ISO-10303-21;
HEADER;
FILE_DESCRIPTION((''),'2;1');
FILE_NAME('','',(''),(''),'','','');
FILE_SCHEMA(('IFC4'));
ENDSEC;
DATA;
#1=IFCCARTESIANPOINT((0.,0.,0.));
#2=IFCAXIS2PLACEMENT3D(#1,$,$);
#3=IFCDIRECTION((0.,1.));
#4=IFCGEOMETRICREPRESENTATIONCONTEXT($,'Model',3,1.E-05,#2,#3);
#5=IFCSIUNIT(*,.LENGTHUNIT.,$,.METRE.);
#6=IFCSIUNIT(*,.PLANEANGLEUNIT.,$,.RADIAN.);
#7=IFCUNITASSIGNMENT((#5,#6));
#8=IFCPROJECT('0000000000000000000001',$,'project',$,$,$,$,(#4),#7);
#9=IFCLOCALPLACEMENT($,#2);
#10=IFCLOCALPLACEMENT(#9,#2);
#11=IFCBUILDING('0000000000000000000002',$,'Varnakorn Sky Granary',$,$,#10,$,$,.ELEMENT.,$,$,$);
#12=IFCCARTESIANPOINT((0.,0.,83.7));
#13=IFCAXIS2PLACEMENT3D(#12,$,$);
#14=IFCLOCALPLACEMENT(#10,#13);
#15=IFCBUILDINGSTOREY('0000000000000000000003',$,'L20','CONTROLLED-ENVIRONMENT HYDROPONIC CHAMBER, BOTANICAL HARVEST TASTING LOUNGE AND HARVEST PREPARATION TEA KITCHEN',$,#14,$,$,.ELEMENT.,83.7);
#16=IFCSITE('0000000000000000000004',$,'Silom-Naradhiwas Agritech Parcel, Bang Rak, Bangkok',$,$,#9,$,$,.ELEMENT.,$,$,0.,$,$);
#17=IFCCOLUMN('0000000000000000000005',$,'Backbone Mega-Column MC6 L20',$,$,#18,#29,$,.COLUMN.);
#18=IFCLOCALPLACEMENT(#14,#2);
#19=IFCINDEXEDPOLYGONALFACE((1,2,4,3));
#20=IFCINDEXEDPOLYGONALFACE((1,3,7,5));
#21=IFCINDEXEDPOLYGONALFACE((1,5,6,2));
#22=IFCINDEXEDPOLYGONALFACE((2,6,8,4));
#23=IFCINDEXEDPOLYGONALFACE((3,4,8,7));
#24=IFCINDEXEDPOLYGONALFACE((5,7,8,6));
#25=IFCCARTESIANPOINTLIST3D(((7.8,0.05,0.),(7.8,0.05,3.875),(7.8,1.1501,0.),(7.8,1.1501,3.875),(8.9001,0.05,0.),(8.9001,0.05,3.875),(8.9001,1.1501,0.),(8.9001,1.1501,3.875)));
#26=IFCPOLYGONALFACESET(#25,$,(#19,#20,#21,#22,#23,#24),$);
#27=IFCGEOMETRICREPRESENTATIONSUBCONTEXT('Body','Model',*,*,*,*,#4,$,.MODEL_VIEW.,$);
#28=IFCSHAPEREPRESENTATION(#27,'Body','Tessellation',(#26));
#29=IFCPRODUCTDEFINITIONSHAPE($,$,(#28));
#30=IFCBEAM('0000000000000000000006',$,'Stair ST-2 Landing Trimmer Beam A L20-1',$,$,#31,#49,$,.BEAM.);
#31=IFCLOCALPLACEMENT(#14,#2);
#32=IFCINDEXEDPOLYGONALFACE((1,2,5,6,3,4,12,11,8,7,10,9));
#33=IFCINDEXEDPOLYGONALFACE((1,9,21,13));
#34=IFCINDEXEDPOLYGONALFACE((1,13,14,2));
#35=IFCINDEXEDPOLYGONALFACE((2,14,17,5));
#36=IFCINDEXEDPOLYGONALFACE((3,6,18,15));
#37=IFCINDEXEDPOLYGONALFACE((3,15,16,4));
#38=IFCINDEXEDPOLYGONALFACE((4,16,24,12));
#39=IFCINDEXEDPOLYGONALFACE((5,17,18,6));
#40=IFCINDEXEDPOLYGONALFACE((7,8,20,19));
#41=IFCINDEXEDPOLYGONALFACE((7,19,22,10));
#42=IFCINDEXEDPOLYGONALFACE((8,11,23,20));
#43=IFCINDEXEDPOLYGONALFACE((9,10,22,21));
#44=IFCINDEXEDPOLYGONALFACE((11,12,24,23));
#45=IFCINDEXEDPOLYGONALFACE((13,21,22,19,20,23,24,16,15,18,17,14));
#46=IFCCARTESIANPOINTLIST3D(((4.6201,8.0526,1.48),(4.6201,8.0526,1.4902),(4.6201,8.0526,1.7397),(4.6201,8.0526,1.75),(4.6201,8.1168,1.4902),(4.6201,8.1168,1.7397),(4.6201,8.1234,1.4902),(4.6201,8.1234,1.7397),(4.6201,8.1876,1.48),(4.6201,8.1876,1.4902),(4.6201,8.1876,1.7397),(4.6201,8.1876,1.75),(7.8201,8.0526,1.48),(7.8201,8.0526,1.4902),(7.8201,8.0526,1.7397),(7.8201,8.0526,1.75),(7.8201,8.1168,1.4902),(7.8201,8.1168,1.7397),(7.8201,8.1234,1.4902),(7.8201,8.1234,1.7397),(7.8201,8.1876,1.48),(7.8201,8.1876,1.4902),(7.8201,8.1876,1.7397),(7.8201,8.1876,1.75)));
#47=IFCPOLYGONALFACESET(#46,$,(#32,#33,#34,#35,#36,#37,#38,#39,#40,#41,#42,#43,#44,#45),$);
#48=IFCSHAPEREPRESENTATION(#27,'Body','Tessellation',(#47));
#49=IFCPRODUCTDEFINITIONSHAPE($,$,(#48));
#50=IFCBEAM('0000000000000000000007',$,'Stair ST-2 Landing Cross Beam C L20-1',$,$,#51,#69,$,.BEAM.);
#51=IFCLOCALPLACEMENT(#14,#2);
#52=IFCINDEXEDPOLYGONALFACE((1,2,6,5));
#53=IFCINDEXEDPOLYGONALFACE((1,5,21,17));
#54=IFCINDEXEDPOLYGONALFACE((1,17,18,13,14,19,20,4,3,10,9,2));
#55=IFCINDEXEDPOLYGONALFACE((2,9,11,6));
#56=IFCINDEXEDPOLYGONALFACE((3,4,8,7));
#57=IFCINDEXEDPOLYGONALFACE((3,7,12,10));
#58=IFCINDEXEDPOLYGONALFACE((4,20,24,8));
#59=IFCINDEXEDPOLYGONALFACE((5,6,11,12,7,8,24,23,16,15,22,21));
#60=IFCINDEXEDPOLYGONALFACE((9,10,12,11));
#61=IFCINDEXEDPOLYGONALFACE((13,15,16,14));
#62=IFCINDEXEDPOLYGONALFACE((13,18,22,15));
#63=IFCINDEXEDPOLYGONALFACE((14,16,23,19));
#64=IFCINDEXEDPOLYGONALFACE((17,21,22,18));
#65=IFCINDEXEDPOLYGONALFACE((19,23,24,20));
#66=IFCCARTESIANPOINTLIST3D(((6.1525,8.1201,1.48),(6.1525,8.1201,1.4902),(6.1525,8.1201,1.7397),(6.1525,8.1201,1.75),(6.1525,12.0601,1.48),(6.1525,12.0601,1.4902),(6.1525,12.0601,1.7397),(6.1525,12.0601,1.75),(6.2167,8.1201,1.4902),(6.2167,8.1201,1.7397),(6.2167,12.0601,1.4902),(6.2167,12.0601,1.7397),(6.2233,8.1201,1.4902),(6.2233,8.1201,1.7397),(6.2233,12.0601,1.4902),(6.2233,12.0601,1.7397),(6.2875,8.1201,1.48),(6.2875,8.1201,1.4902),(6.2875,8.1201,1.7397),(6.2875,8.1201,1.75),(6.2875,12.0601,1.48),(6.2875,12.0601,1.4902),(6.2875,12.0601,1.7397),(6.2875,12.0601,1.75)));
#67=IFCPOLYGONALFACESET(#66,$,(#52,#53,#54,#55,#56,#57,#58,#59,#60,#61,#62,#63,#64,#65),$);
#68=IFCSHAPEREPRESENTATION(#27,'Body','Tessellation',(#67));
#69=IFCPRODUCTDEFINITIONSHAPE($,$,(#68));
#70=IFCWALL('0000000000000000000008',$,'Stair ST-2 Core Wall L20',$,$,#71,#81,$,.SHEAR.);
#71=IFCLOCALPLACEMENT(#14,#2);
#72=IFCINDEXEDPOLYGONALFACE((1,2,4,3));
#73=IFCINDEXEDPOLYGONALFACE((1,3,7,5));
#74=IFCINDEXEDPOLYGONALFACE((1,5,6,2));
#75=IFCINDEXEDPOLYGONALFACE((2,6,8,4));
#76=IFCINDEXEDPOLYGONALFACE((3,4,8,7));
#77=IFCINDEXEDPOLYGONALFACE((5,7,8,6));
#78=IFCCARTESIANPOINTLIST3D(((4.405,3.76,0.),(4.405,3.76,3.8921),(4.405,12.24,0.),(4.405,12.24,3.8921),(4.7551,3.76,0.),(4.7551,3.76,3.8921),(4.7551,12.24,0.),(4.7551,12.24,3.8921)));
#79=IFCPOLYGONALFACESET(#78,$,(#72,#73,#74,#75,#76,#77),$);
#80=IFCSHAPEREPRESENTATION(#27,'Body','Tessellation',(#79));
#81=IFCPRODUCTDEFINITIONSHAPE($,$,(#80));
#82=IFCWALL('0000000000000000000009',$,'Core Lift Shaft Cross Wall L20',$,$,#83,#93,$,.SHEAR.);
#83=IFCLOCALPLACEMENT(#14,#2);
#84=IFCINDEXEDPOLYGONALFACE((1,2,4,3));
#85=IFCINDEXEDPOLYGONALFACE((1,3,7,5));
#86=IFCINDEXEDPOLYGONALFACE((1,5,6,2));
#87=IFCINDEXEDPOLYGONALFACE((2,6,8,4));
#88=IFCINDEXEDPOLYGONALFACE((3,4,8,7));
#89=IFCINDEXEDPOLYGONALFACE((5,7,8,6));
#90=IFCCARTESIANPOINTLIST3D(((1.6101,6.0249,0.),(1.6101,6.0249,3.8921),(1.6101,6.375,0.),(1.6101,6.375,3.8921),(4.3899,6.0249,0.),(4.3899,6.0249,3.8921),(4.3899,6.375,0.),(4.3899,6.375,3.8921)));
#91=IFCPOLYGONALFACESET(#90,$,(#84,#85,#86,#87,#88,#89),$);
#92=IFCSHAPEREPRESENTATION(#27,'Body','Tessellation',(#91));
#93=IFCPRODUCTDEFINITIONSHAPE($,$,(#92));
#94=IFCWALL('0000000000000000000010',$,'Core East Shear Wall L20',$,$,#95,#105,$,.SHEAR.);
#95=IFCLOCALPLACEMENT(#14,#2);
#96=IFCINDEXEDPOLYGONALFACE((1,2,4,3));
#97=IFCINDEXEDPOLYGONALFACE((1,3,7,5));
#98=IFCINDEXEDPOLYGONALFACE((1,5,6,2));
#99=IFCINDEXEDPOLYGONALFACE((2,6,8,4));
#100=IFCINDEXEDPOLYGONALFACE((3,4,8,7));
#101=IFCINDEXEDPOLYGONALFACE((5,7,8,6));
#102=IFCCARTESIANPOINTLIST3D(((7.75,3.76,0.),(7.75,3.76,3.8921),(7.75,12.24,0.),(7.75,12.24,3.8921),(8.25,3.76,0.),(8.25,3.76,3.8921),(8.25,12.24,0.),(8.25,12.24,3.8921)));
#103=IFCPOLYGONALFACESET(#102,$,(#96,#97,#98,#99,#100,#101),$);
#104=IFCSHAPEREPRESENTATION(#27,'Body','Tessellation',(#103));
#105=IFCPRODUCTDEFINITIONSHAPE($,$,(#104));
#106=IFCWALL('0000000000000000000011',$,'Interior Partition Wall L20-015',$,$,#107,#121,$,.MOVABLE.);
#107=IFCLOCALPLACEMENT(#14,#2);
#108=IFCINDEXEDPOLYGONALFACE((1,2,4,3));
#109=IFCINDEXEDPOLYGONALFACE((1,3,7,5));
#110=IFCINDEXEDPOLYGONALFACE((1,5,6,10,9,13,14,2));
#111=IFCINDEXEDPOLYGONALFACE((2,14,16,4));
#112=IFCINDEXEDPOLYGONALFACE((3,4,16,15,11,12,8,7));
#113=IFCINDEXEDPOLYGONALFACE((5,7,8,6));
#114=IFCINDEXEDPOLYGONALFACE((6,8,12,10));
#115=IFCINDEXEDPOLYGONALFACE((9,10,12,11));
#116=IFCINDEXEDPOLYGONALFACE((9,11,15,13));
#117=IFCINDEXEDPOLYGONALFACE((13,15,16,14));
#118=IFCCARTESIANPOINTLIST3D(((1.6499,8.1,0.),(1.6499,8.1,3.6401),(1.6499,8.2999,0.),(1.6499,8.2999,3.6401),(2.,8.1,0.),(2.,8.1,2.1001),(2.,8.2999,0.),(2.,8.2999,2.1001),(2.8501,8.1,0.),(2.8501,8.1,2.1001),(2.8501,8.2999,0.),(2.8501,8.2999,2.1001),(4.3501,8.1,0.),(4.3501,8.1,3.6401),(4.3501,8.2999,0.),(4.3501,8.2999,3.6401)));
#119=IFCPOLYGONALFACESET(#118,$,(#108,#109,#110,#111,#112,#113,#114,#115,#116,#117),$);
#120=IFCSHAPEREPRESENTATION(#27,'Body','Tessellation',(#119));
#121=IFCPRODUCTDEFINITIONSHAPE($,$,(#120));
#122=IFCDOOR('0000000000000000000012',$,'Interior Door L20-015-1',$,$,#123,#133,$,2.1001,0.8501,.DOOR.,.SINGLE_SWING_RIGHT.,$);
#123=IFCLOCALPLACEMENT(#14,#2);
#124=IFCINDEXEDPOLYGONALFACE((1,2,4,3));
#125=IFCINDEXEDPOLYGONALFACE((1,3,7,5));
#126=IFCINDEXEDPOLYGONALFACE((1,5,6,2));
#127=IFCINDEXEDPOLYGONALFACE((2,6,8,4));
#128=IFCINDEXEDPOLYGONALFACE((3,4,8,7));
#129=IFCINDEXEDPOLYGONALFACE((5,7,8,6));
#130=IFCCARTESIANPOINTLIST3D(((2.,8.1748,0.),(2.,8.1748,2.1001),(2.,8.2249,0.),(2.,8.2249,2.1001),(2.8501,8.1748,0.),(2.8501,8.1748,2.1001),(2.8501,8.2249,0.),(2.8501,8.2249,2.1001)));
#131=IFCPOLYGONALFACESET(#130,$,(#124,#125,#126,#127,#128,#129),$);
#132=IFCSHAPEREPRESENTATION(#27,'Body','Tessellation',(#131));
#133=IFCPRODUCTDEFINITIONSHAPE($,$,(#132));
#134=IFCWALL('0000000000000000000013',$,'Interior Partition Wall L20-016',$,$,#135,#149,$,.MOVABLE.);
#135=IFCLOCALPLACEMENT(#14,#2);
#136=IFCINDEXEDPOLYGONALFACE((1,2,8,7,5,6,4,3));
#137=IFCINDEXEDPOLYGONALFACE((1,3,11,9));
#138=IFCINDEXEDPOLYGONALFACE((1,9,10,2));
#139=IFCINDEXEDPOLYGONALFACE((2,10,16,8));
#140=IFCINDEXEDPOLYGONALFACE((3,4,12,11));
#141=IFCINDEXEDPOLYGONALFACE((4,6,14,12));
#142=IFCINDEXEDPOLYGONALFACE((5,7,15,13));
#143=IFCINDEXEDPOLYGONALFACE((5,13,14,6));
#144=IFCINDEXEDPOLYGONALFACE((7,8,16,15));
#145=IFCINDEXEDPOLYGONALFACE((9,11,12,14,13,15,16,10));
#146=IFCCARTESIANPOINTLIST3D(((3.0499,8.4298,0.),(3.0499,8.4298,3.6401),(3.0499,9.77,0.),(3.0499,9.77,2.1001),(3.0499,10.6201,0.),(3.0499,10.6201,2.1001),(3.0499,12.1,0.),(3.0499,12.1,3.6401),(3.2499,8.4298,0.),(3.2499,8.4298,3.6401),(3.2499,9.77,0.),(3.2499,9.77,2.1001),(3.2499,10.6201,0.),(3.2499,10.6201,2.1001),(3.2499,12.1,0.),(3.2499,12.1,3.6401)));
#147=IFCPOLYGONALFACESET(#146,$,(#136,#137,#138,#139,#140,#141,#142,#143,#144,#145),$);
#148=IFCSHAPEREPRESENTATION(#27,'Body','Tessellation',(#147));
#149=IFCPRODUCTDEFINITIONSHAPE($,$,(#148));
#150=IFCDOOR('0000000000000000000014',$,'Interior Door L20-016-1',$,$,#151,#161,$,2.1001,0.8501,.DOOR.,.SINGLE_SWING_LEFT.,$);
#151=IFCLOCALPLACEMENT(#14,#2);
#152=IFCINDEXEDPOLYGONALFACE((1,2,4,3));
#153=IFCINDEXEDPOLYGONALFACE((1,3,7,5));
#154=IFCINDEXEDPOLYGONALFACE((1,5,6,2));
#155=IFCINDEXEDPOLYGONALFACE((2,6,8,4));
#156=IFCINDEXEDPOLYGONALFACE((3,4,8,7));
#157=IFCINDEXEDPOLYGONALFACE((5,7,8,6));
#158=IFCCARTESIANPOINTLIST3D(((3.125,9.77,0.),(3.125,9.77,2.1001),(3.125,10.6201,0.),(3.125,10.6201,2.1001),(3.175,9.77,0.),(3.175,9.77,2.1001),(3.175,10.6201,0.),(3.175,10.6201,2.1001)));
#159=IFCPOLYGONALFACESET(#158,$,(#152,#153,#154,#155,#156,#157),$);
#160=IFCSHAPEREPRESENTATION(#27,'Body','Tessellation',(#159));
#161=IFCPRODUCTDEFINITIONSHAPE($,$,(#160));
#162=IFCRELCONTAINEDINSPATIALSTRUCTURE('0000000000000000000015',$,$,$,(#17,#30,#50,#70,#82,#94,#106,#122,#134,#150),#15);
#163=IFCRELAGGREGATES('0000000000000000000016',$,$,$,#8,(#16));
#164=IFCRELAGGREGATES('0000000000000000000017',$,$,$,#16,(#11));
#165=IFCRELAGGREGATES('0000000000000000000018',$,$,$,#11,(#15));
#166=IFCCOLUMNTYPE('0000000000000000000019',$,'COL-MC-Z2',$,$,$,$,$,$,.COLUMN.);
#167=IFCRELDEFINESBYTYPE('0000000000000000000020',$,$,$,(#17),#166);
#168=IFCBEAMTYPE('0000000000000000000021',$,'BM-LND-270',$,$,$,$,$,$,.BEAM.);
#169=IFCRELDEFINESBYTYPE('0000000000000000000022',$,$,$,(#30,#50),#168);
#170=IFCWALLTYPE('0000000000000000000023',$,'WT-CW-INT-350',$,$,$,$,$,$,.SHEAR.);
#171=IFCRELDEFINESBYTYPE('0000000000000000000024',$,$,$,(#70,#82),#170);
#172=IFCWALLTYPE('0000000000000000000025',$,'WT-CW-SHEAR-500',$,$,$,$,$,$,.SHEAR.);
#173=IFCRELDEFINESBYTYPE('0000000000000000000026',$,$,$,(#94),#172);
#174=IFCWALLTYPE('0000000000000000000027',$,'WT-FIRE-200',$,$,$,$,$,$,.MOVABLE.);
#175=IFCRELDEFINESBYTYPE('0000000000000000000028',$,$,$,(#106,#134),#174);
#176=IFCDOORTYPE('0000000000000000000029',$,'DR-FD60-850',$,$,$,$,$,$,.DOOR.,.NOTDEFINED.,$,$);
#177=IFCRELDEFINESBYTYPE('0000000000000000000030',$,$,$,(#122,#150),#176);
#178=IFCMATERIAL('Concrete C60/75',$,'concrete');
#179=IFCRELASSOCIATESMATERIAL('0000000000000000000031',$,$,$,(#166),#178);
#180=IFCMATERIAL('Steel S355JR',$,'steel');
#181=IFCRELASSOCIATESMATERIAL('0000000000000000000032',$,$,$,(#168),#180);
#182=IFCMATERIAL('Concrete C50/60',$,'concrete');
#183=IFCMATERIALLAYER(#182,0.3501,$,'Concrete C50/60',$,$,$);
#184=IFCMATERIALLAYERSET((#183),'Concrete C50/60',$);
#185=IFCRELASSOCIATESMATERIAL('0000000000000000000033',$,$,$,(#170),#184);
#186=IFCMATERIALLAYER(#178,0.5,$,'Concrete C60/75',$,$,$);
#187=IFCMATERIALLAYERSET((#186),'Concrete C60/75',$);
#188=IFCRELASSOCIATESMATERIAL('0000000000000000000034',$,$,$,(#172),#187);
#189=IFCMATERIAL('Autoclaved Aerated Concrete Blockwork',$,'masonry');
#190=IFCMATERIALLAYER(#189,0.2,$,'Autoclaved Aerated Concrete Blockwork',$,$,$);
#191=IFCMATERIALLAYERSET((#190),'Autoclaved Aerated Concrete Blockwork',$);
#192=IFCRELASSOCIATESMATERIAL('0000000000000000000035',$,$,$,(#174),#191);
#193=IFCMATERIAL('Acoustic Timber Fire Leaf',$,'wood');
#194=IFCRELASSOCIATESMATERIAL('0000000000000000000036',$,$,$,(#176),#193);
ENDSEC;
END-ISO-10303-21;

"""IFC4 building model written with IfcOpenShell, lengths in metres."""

from ifc_helpers import new_model, si_unit, direction, frame, frame_2d, origin, origin_2d, place, context, subcontext, project, spatial, rectangle, i_section, extrude, material, layer, layer_set, material_profile, profile_set, type_object, element, fill, save


model = new_model("IFC4")

# Units and contexts
model_context = context("Model", 3, precision=1e-05, world=origin(), true_north=direction((0.0, 1.0)))
body_context = subcontext(model_context, "Body", "Model", "MODEL_VIEW")
ifc_project = project(units=[si_unit("LENGTHUNIT", "METRE"), si_unit("PLANEANGLEUNIT", "RADIAN")], contexts=[model_context])

# Site, building, storey
site_placement = place(None, origin())
site = spatial("IfcSite", under=ifc_project, at=site_placement, Name="Silom-Naradhiwas Agritech Parcel, Bang Rak, Bangkok", CompositionType="ELEMENT", RefElevation=0.0)
building_placement = place(site_placement, origin())
building = spatial("IfcBuilding", under=site, at=building_placement, Name="Varnakorn Sky Granary", CompositionType="ELEMENT")
storey_placement = place(building_placement, frame((0.0, 0.0, 83.7)))
storey = spatial("IfcBuildingStorey", under=building, at=storey_placement, Name="L20", Description="CONTROLLED-ENVIRONMENT HYDROPONIC CHAMBER, BOTANICAL HARVEST TASTING LOUNGE AND HARVEST PREPARATION TEA KITCHEN", CompositionType="ELEMENT", Elevation=83.7)

# Column
ifc_material_1 = material(Name="Concrete C60/75", Category="concrete")
ifc_material_profile_1 = material_profile(ifc_material_1, rectangle(XDim=1.1001, YDim=1.1001, at=origin_2d()), Name="RC 1100x1100")
ifc_profile_set_1 = profile_set([ifc_material_profile_1], Name="Concrete C60/75")
column_type = type_object("IfcColumnType", Name="COL-MC-Z2", PredefinedType="COLUMN", material=ifc_profile_set_1)
column_placement = place(storey_placement, frame((8.3501, 0.6001, 0.0), z_axis=(0.0, 0.0, 1.0), x_axis=(1.0, 0.0, 0.0)))
element("IfcColumn", 1, at=column_placement, inside=storey, type_object=column_type, Name="Backbone Mega-Column MC6 L20", PredefinedType="COLUMN", context=body_context, shape_type="SweptSolid", body=[
    extrude(rectangle(XDim=1.1001, YDim=1.1001, at=origin_2d()), origin(), (0.0, 0.0, 1.0), 3.875),
])

# Beams
ifc_material_2 = material(Name="Steel S355JR", Category="steel")
ifc_material_profile_2 = material_profile(ifc_material_2, i_section(OverallWidth=0.135, OverallDepth=0.27, WebThickness=0.0066, FlangeThickness=0.0103, at=origin_2d()), Name="IPE 270")
ifc_profile_set_2 = profile_set([ifc_material_profile_2], Name="Steel S355JR")
beam_type = type_object("IfcBeamType", Name="BM-LND-270", PredefinedType="BEAM", material=ifc_profile_set_2)
beam_1_placement = place(storey_placement, frame((4.6201, 8.1201, 1.615), z_axis=(1.0, 0.0, 0.0), x_axis=(0.0, 1.0, 0.0)))
element("IfcBeam", 2, at=beam_1_placement, inside=storey, type_object=beam_type, Name="Stair ST-2 Landing Trimmer Beam A L20-1", PredefinedType="BEAM", context=body_context, shape_type="SweptSolid", body=[
    extrude(i_section(OverallWidth=0.135, OverallDepth=0.27, WebThickness=0.0066, FlangeThickness=0.0103, at=origin_2d()), origin(), (0.0, 0.0, 1.0), 3.2),
])
beam_2_placement = place(storey_placement, frame((6.22, 8.1201, 1.615), z_axis=(0.0, 1.0, 0.0), x_axis=(-1.0, 0.0, 0.0)))
element("IfcBeam", 3, at=beam_2_placement, inside=storey, type_object=beam_type, Name="Stair ST-2 Landing Cross Beam C L20-1", PredefinedType="BEAM", context=body_context, shape_type="SweptSolid", body=[
    extrude(i_section(OverallWidth=0.135, OverallDepth=0.27, WebThickness=0.0066, FlangeThickness=0.0103, at=origin_2d()), origin(), (0.0, 0.0, 1.0), 3.9399),
])

# Walls
ifc_material_3 = material(Name="Concrete C50/60", Category="concrete")
ifc_layer_1 = layer(ifc_material_3, 0.3501, Name="Concrete C50/60")
ifc_layer_set_1 = layer_set([ifc_layer_1], Name="Concrete C50/60")
wall_type_1 = type_object("IfcWallType", Name="WT-CW-INT-350", PredefinedType="SHEAR", material=ifc_layer_set_1)
wall_1_placement = place(storey_placement, frame((4.5801, 3.76, 0.0), z_axis=(0.0, 0.0, 1.0), x_axis=(0.0, 1.0, 0.0)))
element("IfcWall", 4, at=wall_1_placement, inside=storey, type_object=wall_type_1, Name="Stair ST-2 Core Wall L20", PredefinedType="SHEAR", context=body_context, shape_type="SweptSolid", body=[
    extrude(rectangle(XDim=8.48, YDim=0.3501, at=frame_2d((4.24, 0.0))), origin(), (0.0, 0.0, 1.0), 3.8921),
])
wall_2_placement = place(storey_placement, frame((1.6101, 6.2, 0.0), z_axis=(0.0, 0.0, 1.0), x_axis=(1.0, 0.0, 0.0)))
element("IfcWall", 5, at=wall_2_placement, inside=storey, type_object=wall_type_1, Name="Core Lift Shaft Cross Wall L20", PredefinedType="SHEAR", context=body_context, shape_type="SweptSolid", body=[
    extrude(rectangle(XDim=2.7798, YDim=0.3501, at=frame_2d((1.3899, 0.0))), origin(), (0.0, 0.0, 1.0), 3.8921),
])
ifc_layer_2 = layer(ifc_material_1, 0.5, Name="Concrete C60/75")
ifc_layer_set_2 = layer_set([ifc_layer_2], Name="Concrete C60/75")
wall_type_2 = type_object("IfcWallType", Name="WT-CW-SHEAR-500", PredefinedType="SHEAR", material=ifc_layer_set_2)
wall_3_placement = place(storey_placement, frame((8.0, 3.76, 0.0), z_axis=(0.0, 0.0, 1.0), x_axis=(0.0, 1.0, 0.0)))
element("IfcWall", 6, at=wall_3_placement, inside=storey, type_object=wall_type_2, Name="Core East Shear Wall L20", PredefinedType="SHEAR", context=body_context, shape_type="SweptSolid", body=[
    extrude(rectangle(XDim=8.48, YDim=0.5, at=frame_2d((4.24, 0.0))), origin(), (0.0, 0.0, 1.0), 3.8921),
])

# Walls, openings, doors
ifc_material_4 = material(Name="Autoclaved Aerated Concrete Blockwork", Category="masonry")
ifc_layer_3 = layer(ifc_material_4, 0.2, Name="Autoclaved Aerated Concrete Blockwork")
ifc_layer_set_3 = layer_set([ifc_layer_3], Name="Autoclaved Aerated Concrete Blockwork")
wall_type_3 = type_object("IfcWallType", Name="WT-FIRE-200", PredefinedType="MOVABLE", material=ifc_layer_set_3)
wall_4_placement = place(storey_placement, frame((1.6499, 8.2, 0.0), z_axis=(0.0, 0.0, 1.0), x_axis=(1.0, 0.0, 0.0)))
wall_4 = element("IfcWall", 7, at=wall_4_placement, inside=storey, type_object=wall_type_3, Name="Interior Partition Wall L20-015", PredefinedType="MOVABLE", context=body_context, shape_type="SweptSolid", body=[
    extrude(rectangle(XDim=2.7002, YDim=0.2, at=frame_2d((1.3501, 0.0))), origin(), (0.0, 0.0, 1.0), 3.6401),
])
opening_1_placement = place(wall_4_placement, frame((0.3501, 0.0, 0.0)))
opening_1 = element("IfcOpeningElement", 8, at=opening_1_placement, cuts=wall_4, PredefinedType="OPENING", context=body_context, shape_type="SweptSolid", body=[
    extrude(rectangle(XDim=0.8501, YDim=2.1001, at=frame_2d((0.425, 1.05))), frame((0.0, 0.1099, 0.0), z_axis=(0.0, -1.0, 0.0), x_axis=(1.0, 0.0, 0.0)), (0.0, 0.0, 1.0), 0.22),
])
ifc_material_5 = material(Name="Acoustic Timber Fire Leaf", Category="wood")
door_type_1 = type_object("IfcDoorType", Name="DR-FD60-850", OperationType="NOTDEFINED", PredefinedType="DOOR", material=ifc_material_5)
door_1_placement = place(opening_1_placement, origin())
door_1 = element("IfcDoor", 9, at=door_1_placement, inside=storey, type_object=door_type_1, Name="Interior Door L20-015-1", OperationType="SINGLE_SWING_RIGHT", OverallHeight=2.1001, OverallWidth=0.8501, PredefinedType="DOOR", context=body_context, shape_type="SweptSolid", body=[
    extrude(rectangle(XDim=0.8501, YDim=2.1001, at=frame_2d((0.425, 1.05))), frame((0.0, 0.0249, 0.0), z_axis=(0.0, -1.0, 0.0), x_axis=(1.0, 0.0, 0.0)), (0.0, 0.0, 1.0), 0.05),
])
fill(opening_1, door_1)
wall_5_placement = place(storey_placement, frame((3.1499, 8.4299, 0.0), z_axis=(0.0, 0.0, 1.0), x_axis=(0.0, 1.0, 0.0)))
wall_5 = element("IfcWall", 10, at=wall_5_placement, inside=storey, type_object=wall_type_3, Name="Interior Partition Wall L20-016", PredefinedType="MOVABLE", context=body_context, shape_type="SweptSolid", body=[
    extrude(rectangle(XDim=3.6702, YDim=0.2, at=frame_2d((1.835, 0.0))), origin(), (0.0, 0.0, 1.0), 3.6401),
])
opening_2_placement = place(wall_5_placement, frame((1.3401, 0.0, 0.0)))
opening_2 = element("IfcOpeningElement", 11, at=opening_2_placement, cuts=wall_5, PredefinedType="OPENING", context=body_context, shape_type="SweptSolid", body=[
    extrude(rectangle(XDim=0.8501, YDim=2.1001, at=frame_2d((0.425, 1.05))), frame((0.0, 0.1099, 0.0), z_axis=(0.0, -1.0, 0.0), x_axis=(1.0, 0.0, 0.0)), (0.0, 0.0, 1.0), 0.22),
])
door_2_placement = place(opening_2_placement, origin())
door_2 = element("IfcDoor", 12, at=door_2_placement, inside=storey, type_object=door_type_1, Name="Interior Door L20-016-1", OperationType="SINGLE_SWING_LEFT", OverallHeight=2.1001, OverallWidth=0.8501, PredefinedType="DOOR", context=body_context, shape_type="SweptSolid", body=[
    extrude(rectangle(XDim=0.8501, YDim=2.1001, at=frame_2d((0.425, 1.05))), frame((0.0, 0.0249, 0.0), z_axis=(0.0, -1.0, 0.0), x_axis=(1.0, 0.0, 0.0)), (0.0, 0.0, 1.0), 0.05),
])
fill(opening_2, door_2)

save(model, "model.ifc")
